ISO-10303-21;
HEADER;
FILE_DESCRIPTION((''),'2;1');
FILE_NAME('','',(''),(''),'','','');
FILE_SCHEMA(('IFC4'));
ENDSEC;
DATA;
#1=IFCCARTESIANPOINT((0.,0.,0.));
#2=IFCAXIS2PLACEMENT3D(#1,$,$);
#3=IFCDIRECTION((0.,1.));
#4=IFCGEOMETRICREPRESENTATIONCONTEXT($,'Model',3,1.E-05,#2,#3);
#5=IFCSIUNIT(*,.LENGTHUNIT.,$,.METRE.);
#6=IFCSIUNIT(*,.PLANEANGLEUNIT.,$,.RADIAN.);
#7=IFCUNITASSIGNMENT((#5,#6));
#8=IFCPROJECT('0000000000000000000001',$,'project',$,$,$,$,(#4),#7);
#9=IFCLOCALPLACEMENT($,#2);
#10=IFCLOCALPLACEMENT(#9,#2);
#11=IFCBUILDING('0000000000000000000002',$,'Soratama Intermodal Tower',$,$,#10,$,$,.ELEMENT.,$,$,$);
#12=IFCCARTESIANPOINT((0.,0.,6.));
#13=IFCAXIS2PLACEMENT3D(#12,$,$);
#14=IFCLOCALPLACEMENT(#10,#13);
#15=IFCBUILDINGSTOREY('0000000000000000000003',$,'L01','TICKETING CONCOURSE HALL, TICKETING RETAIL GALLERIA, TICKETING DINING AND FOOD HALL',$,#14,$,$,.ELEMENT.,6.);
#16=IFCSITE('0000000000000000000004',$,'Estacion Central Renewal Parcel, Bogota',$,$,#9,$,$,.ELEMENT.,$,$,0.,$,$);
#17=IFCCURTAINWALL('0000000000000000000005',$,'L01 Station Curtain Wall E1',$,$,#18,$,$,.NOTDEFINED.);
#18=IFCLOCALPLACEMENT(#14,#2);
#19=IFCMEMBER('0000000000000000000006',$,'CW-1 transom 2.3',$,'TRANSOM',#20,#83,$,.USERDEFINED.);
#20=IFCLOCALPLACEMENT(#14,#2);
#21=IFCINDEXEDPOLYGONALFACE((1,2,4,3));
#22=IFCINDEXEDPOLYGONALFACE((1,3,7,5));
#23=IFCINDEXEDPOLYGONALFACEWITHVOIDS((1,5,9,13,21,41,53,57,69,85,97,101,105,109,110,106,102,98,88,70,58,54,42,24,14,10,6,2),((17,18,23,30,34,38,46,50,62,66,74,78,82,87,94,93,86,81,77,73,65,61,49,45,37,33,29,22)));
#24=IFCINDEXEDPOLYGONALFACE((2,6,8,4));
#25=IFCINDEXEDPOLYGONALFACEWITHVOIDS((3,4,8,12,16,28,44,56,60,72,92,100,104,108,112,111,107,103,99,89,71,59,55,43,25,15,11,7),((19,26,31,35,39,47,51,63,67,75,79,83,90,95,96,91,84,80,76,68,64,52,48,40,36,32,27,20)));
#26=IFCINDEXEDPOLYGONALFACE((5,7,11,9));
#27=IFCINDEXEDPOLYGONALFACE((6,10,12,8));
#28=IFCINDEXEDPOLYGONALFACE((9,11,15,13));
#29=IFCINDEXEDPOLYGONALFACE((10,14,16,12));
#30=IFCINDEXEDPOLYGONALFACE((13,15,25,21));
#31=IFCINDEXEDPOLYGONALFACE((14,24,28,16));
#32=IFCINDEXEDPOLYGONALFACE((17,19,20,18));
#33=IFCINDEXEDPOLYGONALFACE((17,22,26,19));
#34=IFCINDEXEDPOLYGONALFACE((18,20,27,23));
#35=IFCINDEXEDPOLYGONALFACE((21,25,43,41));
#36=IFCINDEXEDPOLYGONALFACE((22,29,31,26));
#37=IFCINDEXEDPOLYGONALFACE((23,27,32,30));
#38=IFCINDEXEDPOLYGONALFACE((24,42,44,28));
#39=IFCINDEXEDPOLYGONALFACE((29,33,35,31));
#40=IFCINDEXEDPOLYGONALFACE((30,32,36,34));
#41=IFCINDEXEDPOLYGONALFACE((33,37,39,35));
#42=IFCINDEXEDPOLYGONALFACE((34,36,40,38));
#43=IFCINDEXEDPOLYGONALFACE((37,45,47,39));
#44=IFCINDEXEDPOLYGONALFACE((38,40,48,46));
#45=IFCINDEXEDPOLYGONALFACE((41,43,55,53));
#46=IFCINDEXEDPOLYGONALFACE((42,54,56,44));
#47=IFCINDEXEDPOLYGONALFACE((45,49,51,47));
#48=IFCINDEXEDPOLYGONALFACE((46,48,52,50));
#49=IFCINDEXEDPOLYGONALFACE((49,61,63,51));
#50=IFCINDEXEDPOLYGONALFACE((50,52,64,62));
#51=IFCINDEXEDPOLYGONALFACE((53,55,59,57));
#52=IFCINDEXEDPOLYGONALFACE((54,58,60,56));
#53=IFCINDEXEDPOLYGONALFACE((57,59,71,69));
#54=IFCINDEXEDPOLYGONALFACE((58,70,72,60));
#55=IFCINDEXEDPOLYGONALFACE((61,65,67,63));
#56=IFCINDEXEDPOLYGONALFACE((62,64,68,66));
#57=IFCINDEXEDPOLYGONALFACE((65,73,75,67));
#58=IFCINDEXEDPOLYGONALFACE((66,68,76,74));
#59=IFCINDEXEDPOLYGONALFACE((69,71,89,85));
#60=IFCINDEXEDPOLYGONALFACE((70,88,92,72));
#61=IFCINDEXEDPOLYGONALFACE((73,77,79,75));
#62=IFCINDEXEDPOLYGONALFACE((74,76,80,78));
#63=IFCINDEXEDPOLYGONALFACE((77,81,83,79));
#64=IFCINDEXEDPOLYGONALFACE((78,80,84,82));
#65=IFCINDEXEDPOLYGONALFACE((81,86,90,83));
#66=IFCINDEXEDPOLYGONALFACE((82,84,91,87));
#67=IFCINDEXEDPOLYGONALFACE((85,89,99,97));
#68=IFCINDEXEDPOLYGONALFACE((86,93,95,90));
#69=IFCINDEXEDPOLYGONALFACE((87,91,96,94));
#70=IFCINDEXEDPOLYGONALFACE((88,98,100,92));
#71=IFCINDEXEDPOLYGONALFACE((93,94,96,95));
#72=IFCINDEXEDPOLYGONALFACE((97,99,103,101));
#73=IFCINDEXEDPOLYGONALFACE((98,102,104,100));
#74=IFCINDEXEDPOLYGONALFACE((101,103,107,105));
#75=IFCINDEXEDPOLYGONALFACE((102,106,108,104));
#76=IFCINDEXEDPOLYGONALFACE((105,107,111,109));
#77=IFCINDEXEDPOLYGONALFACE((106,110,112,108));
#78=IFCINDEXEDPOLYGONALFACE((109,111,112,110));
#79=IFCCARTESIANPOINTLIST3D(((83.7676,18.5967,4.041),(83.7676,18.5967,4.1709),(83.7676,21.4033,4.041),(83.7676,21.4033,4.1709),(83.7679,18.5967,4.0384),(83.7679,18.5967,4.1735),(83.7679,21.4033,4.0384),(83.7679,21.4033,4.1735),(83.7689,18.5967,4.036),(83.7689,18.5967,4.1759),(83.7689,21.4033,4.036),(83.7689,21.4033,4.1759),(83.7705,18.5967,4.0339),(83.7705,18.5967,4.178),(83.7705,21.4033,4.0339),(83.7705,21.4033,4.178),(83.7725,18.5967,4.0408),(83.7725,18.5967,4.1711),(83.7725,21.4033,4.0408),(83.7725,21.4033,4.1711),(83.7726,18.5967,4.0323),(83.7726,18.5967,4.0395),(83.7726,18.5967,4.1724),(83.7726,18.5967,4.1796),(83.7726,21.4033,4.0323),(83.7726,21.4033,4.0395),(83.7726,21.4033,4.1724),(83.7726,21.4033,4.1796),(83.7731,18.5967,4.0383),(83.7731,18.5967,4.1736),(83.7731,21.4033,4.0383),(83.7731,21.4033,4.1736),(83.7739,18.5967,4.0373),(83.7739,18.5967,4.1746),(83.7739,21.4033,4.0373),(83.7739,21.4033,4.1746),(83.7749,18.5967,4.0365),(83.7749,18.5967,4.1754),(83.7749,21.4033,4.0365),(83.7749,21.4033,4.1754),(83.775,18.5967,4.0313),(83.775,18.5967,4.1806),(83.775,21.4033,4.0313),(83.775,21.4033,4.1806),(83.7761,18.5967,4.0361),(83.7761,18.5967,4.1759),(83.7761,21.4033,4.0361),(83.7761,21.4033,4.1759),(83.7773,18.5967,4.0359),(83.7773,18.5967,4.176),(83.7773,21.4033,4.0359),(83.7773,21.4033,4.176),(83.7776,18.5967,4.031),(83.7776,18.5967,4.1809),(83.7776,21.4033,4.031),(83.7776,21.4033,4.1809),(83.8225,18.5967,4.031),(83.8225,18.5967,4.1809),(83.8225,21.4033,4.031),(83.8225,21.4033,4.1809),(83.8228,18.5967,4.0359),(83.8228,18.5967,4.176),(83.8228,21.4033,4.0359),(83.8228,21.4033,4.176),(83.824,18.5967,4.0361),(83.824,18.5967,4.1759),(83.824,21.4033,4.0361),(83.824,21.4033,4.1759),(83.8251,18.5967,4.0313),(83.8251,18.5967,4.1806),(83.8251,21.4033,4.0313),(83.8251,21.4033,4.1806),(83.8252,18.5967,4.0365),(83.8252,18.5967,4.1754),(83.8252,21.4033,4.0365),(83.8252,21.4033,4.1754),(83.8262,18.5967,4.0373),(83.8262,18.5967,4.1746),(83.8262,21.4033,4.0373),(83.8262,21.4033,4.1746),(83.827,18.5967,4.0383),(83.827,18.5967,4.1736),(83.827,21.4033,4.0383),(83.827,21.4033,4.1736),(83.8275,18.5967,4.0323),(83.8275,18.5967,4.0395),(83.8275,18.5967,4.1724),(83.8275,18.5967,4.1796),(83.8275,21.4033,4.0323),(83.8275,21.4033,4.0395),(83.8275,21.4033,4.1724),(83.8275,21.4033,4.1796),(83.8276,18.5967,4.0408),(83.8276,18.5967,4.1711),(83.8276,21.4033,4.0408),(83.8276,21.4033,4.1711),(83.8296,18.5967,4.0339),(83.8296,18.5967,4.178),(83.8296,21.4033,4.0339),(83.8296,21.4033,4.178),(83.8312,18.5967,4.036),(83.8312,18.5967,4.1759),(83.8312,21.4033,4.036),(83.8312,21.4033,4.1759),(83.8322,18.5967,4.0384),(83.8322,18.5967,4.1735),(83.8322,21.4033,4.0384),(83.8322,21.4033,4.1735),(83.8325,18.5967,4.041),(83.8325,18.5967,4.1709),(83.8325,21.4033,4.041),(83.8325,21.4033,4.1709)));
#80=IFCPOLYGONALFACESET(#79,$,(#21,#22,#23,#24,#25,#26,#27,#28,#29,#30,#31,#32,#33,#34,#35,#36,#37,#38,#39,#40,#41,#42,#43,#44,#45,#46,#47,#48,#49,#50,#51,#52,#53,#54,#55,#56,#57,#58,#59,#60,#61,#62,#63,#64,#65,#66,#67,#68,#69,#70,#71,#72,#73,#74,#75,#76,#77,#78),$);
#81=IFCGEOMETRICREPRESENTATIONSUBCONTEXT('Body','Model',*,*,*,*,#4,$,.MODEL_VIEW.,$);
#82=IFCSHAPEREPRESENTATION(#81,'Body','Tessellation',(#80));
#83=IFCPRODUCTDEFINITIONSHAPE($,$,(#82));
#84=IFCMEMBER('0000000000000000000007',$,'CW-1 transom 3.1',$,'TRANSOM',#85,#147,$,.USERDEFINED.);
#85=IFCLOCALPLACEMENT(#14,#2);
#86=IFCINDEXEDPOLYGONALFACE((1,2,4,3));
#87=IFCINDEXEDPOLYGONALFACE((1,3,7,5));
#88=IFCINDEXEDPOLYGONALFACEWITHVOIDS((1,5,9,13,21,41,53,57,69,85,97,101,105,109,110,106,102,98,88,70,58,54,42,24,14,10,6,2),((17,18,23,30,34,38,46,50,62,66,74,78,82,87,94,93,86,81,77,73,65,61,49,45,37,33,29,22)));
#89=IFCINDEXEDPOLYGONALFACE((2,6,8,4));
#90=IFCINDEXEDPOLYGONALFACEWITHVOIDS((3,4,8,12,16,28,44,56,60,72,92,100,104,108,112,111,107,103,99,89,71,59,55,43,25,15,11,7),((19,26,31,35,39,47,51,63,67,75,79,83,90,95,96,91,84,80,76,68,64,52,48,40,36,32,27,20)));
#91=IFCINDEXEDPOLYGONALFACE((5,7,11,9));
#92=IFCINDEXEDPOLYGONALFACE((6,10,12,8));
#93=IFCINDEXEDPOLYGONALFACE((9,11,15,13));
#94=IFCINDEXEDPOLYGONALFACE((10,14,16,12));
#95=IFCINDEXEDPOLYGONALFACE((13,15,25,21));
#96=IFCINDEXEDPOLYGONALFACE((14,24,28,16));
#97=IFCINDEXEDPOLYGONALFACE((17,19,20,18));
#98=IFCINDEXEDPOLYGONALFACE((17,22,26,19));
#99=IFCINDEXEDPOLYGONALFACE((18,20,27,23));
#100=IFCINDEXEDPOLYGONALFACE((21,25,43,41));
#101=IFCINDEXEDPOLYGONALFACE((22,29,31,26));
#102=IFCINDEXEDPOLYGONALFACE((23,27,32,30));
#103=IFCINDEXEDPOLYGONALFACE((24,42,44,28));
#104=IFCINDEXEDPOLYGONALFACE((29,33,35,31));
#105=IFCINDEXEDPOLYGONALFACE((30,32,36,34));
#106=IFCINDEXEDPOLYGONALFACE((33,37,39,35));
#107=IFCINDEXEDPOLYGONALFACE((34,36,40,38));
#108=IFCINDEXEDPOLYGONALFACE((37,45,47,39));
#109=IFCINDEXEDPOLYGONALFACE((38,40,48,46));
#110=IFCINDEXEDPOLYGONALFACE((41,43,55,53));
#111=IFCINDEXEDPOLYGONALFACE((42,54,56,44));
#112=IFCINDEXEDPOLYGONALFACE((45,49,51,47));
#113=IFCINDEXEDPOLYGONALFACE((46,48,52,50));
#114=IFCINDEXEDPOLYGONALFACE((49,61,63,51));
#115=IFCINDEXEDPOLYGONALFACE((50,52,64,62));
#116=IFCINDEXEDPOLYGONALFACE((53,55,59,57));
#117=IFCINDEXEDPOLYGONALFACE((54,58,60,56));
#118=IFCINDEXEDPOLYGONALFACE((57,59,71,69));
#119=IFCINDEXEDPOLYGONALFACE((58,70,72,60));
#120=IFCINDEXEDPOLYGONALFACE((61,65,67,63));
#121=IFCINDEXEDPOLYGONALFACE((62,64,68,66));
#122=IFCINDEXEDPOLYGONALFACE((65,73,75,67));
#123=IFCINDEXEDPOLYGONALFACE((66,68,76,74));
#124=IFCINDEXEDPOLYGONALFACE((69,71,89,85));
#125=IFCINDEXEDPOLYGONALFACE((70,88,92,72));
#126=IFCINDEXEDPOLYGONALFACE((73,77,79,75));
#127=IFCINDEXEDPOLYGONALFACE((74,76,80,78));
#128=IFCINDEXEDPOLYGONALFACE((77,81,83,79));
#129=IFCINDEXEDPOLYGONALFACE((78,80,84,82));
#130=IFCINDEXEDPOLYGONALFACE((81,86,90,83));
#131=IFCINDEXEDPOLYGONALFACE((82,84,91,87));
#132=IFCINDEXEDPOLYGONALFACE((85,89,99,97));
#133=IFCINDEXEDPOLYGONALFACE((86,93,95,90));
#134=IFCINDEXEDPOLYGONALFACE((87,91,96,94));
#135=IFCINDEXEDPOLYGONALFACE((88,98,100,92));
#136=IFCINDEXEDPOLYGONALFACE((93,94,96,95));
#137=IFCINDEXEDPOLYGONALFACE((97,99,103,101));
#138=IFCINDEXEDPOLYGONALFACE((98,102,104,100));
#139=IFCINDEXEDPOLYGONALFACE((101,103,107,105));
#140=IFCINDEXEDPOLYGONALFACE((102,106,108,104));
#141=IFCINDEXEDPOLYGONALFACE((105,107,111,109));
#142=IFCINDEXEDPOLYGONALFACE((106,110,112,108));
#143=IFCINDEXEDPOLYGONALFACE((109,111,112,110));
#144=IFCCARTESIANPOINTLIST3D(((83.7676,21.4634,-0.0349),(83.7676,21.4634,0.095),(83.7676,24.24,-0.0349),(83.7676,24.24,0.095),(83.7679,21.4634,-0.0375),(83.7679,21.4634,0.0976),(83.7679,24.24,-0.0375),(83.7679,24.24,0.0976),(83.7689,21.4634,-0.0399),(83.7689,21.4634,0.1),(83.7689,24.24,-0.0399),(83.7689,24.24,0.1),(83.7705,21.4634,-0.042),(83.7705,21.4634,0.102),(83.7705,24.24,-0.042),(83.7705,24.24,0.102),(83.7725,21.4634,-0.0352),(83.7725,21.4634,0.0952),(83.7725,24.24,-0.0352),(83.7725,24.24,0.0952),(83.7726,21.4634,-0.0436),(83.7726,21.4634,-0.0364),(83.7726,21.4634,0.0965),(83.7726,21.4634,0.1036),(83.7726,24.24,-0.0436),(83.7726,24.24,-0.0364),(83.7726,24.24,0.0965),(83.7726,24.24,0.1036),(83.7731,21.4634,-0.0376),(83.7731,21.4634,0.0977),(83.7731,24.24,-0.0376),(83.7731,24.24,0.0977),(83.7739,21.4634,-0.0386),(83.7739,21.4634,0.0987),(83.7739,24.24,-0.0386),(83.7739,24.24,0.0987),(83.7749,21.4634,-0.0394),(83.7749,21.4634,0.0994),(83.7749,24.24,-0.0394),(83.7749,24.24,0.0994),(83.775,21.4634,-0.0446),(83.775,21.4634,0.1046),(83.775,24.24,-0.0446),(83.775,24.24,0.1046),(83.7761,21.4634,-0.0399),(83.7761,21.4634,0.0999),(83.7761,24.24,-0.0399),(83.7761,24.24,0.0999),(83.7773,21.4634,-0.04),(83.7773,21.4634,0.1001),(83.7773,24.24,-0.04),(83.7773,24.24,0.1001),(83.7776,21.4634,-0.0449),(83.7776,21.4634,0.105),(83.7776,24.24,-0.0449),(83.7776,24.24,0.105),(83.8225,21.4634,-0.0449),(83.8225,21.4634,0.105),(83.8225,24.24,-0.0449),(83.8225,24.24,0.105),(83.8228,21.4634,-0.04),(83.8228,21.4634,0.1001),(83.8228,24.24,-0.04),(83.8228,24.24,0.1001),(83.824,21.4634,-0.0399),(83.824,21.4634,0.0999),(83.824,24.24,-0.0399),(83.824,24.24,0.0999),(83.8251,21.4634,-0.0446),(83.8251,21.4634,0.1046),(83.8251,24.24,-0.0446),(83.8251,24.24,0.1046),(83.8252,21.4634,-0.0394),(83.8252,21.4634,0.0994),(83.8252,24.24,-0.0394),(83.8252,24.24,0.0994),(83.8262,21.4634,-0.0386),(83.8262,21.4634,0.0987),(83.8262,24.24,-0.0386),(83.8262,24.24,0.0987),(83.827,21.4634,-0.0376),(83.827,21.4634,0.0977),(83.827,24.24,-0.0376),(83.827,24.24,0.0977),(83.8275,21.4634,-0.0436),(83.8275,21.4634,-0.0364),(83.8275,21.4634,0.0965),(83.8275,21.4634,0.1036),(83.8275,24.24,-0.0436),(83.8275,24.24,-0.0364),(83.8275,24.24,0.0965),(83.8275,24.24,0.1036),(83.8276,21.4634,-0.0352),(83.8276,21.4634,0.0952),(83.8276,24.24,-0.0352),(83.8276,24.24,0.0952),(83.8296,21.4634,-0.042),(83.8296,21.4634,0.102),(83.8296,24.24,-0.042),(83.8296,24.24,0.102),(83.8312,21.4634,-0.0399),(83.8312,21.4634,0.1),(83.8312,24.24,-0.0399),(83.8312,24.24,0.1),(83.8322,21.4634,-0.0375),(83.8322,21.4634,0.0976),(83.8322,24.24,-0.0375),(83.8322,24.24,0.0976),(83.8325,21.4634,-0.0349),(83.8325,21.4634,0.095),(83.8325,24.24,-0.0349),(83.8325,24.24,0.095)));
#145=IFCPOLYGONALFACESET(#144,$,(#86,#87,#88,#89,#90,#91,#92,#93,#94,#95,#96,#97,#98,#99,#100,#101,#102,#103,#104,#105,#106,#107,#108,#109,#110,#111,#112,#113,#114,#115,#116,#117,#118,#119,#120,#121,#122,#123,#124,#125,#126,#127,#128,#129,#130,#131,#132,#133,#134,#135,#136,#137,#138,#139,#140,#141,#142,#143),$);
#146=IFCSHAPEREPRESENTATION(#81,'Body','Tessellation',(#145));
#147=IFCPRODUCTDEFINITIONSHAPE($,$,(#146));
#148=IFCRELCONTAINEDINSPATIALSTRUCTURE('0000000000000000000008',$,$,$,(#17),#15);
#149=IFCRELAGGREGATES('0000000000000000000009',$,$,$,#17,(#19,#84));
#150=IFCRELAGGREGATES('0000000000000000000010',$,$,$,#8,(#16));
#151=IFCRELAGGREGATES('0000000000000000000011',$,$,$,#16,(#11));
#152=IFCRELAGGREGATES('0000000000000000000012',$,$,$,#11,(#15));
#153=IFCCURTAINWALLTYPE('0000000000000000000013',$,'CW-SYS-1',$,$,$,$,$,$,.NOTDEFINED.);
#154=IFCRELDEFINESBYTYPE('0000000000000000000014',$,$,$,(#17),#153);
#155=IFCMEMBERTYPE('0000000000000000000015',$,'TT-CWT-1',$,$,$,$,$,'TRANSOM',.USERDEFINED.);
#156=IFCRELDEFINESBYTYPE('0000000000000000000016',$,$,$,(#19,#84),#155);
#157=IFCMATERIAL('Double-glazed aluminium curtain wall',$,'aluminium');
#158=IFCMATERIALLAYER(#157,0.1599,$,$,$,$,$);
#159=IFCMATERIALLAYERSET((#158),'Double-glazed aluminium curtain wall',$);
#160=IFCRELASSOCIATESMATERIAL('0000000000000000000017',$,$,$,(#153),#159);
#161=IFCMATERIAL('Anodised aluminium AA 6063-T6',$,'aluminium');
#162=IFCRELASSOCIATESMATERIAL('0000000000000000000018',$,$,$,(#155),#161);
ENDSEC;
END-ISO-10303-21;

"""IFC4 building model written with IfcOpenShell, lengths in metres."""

from ifc_helpers import new_model, si_unit, direction, frame, origin, origin_2d, place, context, subcontext, project, spatial, hollow_rectangle, extrude, material, layer, layer_set, material_profile, profile_set, type_object, element, aggregate, save


model = new_model("IFC4")

# Units and contexts
model_context = context("Model", 3, precision=1e-05, world=origin(), true_north=direction((0.0, 1.0)))
body_context = subcontext(model_context, "Body", "Model", "MODEL_VIEW")
ifc_project = project(units=[si_unit("LENGTHUNIT", "METRE"), si_unit("PLANEANGLEUNIT", "RADIAN")], contexts=[model_context])

# Site, building, storey
site_placement = place(None, origin())
site = spatial("IfcSite", under=ifc_project, at=site_placement, Name="Estacion Central Renewal Parcel, Bogota", CompositionType="ELEMENT", RefElevation=0.0)
building_placement = place(site_placement, origin())
building = spatial("IfcBuilding", under=site, at=building_placement, Name="Soratama Intermodal Tower", CompositionType="ELEMENT")
storey_placement = place(building_placement, frame((0.0, 0.0, 6.0)))
storey = spatial("IfcBuildingStorey", under=building, at=storey_placement, Name="L01", Description="TICKETING CONCOURSE HALL, TICKETING RETAIL GALLERIA, TICKETING DINING AND FOOD HALL", CompositionType="ELEMENT", Elevation=6.0)

# Curtain wall
ifc_material_1 = material(Name="Double-glazed aluminium curtain wall", Category="aluminium")
ifc_layer_1 = layer(ifc_material_1, 0.1599)
ifc_layer_set_1 = layer_set([ifc_layer_1], Name="Double-glazed aluminium curtain wall")
curtain_wall_type = type_object("IfcCurtainWallType", Name="CW-SYS-1", PredefinedType="NOTDEFINED", material=ifc_layer_set_1)
curtain_wall_1_placement = place(storey_placement, origin())
curtain_wall_1 = element("IfcCurtainWall", 1, at=curtain_wall_1_placement, inside=storey, type_object=curtain_wall_type, Name="L01 Station Curtain Wall E1", PredefinedType="NOTDEFINED")

# Members
ifc_material_2 = material(Name="Anodised aluminium AA 6063-T6", Category="aluminium")
ifc_material_profile_1 = material_profile(ifc_material_2, hollow_rectangle(XDim=0.0649, YDim=0.1499, WallThickness=0.0049, InnerFilletRadius=0.0049, OuterFilletRadius=0.01, at=origin_2d()), Name="CWT150X65X5")
ifc_profile_set_1 = profile_set([ifc_material_profile_1], Name="Anodised aluminium AA 6063-T6")
member_type_1 = type_object("IfcMemberType", Name="TT-CWT-1", ElementType="TRANSOM", PredefinedType="USERDEFINED", material=ifc_profile_set_1)
member_1_placement = place(storey_placement, frame((83.8, 18.5967, 4.106), z_axis=(0.0, 1.0, 0.0), x_axis=(-1.0, 0.0, 0.0)))
member_1 = element("IfcMember", 2, at=member_1_placement, type_object=member_type_1, Name="CW-1 transom 2.3", ObjectType="TRANSOM", PredefinedType="USERDEFINED", context=body_context, shape_type="SweptSolid", body=[
    extrude(hollow_rectangle(XDim=0.0649, YDim=0.1499, WallThickness=0.0049, InnerFilletRadius=0.0049, OuterFilletRadius=0.01, at=origin_2d()), origin(), (0.0, 0.0, 1.0), 2.8066),
])
member_2_placement = place(storey_placement, frame((83.8, 21.4634, 0.03), z_axis=(0.0, 1.0, 0.0), x_axis=(-1.0, 0.0, 0.0)))
member_2 = element("IfcMember", 3, at=member_2_placement, type_object=member_type_1, Name="CW-1 transom 3.1", ObjectType="TRANSOM", PredefinedType="USERDEFINED", context=body_context, shape_type="SweptSolid", body=[
    extrude(hollow_rectangle(XDim=0.0649, YDim=0.1499, WallThickness=0.0049, InnerFilletRadius=0.0049, OuterFilletRadius=0.01, at=origin_2d()), origin(), (0.0, 0.0, 1.0), 2.7766),
])

aggregate(curtain_wall_1, [member_1, member_2])

save(model, "model.ifc")
